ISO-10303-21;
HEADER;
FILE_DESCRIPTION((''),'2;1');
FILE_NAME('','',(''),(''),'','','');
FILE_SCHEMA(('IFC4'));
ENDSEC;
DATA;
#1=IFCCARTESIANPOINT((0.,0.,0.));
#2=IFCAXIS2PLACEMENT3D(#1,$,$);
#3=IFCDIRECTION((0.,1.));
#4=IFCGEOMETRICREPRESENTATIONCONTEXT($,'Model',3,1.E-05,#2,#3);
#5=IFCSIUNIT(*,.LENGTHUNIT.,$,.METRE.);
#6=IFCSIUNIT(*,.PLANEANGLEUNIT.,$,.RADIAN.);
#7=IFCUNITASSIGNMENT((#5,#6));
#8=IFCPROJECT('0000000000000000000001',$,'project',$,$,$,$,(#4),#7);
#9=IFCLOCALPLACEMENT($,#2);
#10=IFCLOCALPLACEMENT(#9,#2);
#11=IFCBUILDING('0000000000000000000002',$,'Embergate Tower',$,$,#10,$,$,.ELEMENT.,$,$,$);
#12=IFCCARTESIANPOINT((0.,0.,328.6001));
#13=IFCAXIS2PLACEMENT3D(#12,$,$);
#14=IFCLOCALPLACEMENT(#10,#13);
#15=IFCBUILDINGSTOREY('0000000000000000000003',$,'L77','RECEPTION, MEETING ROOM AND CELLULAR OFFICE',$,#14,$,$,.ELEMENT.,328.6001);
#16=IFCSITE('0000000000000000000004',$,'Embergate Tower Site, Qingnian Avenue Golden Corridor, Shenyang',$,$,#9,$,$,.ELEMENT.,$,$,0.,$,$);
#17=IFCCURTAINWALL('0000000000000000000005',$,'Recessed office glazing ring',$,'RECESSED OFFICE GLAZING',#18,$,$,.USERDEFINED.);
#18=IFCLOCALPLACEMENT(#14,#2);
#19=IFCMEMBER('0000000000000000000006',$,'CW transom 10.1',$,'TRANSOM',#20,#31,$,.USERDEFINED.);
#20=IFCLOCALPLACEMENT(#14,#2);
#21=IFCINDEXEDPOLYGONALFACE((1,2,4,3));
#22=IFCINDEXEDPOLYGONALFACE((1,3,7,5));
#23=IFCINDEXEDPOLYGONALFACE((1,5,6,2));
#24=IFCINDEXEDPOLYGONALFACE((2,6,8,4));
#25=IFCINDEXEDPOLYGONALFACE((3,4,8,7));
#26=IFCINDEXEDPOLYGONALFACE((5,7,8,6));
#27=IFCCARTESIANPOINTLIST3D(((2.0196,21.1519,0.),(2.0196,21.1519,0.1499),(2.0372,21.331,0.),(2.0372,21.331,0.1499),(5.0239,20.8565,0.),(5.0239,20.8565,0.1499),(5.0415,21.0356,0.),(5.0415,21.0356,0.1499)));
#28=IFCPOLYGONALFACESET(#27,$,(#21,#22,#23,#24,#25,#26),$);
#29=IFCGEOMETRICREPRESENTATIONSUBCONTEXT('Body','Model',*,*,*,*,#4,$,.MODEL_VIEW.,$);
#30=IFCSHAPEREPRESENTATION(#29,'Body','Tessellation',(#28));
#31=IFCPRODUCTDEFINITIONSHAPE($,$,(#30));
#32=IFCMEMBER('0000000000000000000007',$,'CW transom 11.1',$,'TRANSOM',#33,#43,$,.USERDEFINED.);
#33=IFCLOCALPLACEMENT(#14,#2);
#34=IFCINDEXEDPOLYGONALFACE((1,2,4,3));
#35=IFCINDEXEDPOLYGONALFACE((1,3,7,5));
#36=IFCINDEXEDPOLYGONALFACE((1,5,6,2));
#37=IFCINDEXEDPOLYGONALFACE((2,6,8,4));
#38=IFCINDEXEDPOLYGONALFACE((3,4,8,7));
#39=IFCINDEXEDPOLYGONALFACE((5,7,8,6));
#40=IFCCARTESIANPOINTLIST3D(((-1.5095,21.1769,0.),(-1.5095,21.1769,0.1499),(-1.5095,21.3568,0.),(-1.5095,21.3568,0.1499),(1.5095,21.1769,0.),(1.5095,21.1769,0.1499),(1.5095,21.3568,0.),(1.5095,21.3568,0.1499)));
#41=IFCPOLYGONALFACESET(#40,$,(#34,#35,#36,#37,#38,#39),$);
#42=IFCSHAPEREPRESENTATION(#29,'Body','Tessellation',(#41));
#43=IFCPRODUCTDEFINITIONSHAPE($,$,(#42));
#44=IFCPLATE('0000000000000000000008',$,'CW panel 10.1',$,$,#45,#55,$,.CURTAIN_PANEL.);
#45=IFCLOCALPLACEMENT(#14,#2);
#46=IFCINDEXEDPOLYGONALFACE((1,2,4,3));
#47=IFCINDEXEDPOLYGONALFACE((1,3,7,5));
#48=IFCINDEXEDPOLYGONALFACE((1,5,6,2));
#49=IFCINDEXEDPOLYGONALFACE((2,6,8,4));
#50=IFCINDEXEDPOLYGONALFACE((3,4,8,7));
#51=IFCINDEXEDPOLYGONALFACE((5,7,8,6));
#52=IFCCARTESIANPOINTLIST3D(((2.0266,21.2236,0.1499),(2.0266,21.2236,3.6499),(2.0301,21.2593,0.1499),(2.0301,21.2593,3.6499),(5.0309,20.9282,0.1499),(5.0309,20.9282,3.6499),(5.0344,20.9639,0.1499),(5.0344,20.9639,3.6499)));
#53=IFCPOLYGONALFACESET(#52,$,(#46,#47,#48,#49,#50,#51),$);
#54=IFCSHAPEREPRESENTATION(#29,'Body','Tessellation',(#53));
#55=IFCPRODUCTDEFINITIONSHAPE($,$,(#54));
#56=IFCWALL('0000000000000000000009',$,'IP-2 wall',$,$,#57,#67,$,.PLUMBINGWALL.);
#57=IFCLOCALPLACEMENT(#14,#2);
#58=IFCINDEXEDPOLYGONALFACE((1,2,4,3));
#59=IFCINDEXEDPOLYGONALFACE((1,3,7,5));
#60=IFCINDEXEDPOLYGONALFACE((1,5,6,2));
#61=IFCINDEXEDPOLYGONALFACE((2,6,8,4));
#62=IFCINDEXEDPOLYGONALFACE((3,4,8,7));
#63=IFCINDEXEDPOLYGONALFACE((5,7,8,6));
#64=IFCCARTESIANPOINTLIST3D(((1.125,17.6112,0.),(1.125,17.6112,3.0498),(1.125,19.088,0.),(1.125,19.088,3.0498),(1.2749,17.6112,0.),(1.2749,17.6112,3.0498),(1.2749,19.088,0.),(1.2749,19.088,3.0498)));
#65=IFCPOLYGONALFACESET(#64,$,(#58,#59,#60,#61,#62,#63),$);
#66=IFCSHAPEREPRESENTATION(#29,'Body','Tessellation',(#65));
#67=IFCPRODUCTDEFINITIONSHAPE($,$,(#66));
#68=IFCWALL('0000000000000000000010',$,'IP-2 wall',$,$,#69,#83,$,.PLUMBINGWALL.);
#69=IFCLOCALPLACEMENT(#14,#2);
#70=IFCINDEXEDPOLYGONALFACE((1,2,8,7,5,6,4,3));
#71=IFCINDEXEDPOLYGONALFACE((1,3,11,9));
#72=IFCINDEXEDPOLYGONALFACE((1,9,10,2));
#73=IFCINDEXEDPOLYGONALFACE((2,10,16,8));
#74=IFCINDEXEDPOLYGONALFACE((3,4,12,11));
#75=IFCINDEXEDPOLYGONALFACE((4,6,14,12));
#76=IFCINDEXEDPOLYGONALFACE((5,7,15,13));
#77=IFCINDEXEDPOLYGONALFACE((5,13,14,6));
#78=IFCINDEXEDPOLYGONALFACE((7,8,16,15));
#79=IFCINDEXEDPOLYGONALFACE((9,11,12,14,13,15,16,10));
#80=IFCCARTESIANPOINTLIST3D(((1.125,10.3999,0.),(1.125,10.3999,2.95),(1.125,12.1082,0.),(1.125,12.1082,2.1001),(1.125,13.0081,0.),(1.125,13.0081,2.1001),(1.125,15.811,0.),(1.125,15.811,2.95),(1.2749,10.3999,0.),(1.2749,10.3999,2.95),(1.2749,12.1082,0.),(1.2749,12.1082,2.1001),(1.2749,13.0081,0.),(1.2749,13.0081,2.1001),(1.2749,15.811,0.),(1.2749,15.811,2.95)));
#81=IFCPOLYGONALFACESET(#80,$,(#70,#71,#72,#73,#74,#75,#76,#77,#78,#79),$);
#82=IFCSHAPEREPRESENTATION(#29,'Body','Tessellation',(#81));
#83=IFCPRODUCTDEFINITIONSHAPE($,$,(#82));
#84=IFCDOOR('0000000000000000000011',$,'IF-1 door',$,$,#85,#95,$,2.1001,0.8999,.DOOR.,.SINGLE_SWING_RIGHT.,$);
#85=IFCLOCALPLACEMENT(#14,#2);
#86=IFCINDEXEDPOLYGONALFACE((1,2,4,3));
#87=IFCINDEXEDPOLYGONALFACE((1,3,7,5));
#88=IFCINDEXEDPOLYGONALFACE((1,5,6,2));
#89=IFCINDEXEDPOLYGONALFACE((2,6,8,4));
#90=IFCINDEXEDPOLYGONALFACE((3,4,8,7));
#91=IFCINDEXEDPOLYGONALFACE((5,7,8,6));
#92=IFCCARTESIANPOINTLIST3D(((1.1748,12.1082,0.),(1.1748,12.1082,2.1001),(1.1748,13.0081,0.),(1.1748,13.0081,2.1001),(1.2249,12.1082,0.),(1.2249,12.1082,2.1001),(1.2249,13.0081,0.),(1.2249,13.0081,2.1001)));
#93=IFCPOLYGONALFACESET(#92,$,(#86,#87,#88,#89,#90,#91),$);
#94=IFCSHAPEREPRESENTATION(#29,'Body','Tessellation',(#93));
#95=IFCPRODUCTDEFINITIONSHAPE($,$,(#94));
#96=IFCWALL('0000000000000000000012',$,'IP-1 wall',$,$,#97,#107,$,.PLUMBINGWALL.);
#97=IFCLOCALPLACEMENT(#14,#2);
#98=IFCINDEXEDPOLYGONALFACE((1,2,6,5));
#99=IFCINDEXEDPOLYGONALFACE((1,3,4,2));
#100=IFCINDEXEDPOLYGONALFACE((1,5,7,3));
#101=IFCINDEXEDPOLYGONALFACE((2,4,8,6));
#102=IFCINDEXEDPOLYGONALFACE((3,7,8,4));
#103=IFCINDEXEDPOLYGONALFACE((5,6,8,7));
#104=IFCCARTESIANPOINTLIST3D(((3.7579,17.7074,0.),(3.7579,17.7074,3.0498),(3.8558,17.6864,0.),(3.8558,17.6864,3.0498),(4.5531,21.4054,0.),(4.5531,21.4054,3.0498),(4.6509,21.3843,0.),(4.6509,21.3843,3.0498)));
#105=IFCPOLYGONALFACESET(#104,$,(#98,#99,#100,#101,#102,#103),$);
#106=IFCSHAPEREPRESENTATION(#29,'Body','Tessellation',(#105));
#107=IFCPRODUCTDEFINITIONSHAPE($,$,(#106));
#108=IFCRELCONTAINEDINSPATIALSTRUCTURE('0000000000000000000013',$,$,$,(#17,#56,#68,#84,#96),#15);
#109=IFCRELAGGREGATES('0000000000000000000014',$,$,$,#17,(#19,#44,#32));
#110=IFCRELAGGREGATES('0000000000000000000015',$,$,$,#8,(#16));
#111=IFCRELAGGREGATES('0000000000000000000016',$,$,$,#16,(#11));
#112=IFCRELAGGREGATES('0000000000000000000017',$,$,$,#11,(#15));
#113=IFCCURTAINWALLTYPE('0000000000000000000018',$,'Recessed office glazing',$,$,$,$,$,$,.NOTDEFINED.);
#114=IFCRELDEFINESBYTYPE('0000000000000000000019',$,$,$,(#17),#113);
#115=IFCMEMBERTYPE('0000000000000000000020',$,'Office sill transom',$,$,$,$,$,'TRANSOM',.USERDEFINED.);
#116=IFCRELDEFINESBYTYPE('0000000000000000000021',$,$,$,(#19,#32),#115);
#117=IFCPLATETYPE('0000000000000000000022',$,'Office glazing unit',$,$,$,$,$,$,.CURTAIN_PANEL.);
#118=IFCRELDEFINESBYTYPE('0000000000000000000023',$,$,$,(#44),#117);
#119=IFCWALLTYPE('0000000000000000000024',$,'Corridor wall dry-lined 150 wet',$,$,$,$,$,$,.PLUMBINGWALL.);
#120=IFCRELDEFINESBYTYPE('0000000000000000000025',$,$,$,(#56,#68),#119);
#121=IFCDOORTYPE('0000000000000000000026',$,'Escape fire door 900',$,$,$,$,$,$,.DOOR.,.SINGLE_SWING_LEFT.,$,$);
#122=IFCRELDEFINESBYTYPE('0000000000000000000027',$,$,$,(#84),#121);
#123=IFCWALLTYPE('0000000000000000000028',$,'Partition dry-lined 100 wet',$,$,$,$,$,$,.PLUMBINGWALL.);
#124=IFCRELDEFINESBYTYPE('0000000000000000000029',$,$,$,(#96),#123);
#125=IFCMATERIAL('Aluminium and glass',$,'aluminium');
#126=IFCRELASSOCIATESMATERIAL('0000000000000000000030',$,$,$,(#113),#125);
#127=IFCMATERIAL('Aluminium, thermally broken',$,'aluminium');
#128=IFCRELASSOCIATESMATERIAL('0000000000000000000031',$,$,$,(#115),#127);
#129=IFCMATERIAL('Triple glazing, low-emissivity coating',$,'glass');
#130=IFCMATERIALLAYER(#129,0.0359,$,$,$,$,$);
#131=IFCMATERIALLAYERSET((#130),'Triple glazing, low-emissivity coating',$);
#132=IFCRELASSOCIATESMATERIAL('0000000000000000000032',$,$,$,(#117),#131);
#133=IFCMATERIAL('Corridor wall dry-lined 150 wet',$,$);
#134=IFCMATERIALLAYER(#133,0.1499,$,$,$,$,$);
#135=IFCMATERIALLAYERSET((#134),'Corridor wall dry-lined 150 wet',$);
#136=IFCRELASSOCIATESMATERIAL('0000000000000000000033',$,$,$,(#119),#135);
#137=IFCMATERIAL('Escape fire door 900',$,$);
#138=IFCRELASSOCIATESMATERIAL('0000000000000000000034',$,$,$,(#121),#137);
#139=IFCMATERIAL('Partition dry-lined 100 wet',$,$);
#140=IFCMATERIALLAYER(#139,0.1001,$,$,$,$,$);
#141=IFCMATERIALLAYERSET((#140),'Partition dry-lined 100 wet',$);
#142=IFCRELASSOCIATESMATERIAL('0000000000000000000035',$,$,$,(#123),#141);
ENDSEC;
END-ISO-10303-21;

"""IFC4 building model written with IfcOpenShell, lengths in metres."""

from ifc_helpers import new_model, si_unit, direction, frame, frame_2d, origin, origin_2d, place, context, subcontext, project, spatial, rectangle, extrude, source, transform, mapped, material, layer, layer_set, material_profile, profile_set, type_object, element, fill, aggregate, save


model = new_model("IFC4")

# Units and contexts
model_context = context("Model", 3, precision=1e-05, world=origin(), true_north=direction((0.0, 1.0)))
body_context = subcontext(model_context, "Body", "Model", "MODEL_VIEW")
ifc_project = project(units=[si_unit("LENGTHUNIT", "METRE"), si_unit("PLANEANGLEUNIT", "RADIAN")], contexts=[model_context])

# Site, building, storey
site_placement = place(None, origin())
site = spatial("IfcSite", under=ifc_project, at=site_placement, Name="Embergate Tower Site, Qingnian Avenue Golden Corridor, Shenyang", CompositionType="ELEMENT", RefElevation=0.0)
building_placement = place(site_placement, origin())
building = spatial("IfcBuilding", under=site, at=building_placement, Name="Embergate Tower", CompositionType="ELEMENT")
storey_placement = place(building_placement, frame((0.0, 0.0, 328.6001)))
storey = spatial("IfcBuildingStorey", under=building, at=storey_placement, Name="L77", Description="RECEPTION, MEETING ROOM AND CELLULAR OFFICE", CompositionType="ELEMENT", Elevation=328.6001)

# Curtain wall, members, plate
ifc_material_1 = material(Name="Aluminium and glass", Category="aluminium")
curtain_wall_type = type_object("IfcCurtainWallType", Name="Recessed office glazing", PredefinedType="NOTDEFINED", material=ifc_material_1)
curtain_wall_placement = place(storey_placement, origin())
curtain_wall = element("IfcCurtainWall", 1, at=curtain_wall_placement, inside=storey, type_object=curtain_wall_type, Name="Recessed office glazing ring", ObjectType="RECESSED OFFICE GLAZING", PredefinedType="USERDEFINED")
ifc_material_2 = material(Name="Aluminium, thermally broken", Category="aluminium")
ifc_material_profile_1 = material_profile(ifc_material_2, rectangle(XDim=0.1799, YDim=0.1499, at=origin_2d()), Name="AL 150x180")
ifc_profile_set_1 = profile_set([ifc_material_profile_1], Name="Aluminium, thermally broken")
member_type_1 = type_object("IfcMemberType", Name="Office sill transom", ElementType="TRANSOM", PredefinedType="USERDEFINED", material=ifc_profile_set_1)
shared_shape_1 = source(origin(), body_context, "Body", "SweptSolid", [
    extrude(rectangle(XDim=0.1799, YDim=0.1499, at=origin_2d()), origin(), (0.0, 0.0, 1.0), 3.0188),
])
member_1_placement = place(storey_placement, frame((5.0327, 20.946, 0.075), z_axis=(-0.995201, 0.097854, 0.0), x_axis=(-0.097854, -0.995201, 0.0)))
member_1 = element("IfcMember", 2, at=member_1_placement, type_object=member_type_1, Name="CW transom 10.1", ObjectType="TRANSOM", PredefinedType="USERDEFINED", context=body_context, shape_type="MappedRepresentation", body=[
    mapped(shared_shape_1, transform((0.0, 0.0, 0.0))),
])
shared_shape_2 = source(origin(), body_context, "Body", "SweptSolid", [
    extrude(rectangle(XDim=0.1799, YDim=0.1499, at=origin_2d()), origin(), (0.0, 0.0, 1.0), 3.019),
])
member_2_placement = place(storey_placement, frame((1.5095, 21.2668, 0.075), z_axis=(-1.0, 0.0, 0.0), x_axis=(0.0, -1.0, 0.0)))
member_2 = element("IfcMember", 3, at=member_2_placement, type_object=member_type_1, Name="CW transom 11.1", ObjectType="TRANSOM", PredefinedType="USERDEFINED", context=body_context, shape_type="MappedRepresentation", body=[
    mapped(shared_shape_2, transform((0.0, 0.0, 0.0))),
])
ifc_material_3 = material(Name="Triple glazing, low-emissivity coating", Category="glass")
ifc_layer_1 = layer(ifc_material_3, 0.0359)
ifc_layer_set_1 = layer_set([ifc_layer_1], Name="Triple glazing, low-emissivity coating")
plate_type = type_object("IfcPlateType", Name="Office glazing unit", PredefinedType="CURTAIN_PANEL", material=ifc_layer_set_1)
shared_shape_3 = source(origin(), body_context, "Body", "SweptSolid", [
    extrude(rectangle(XDim=3.0188, YDim=0.0359, at=origin_2d()), origin(), (0.0, 0.0, 1.0), 3.5),
])
plate_placement = place(storey_placement, frame((3.5305, 21.0938, 0.1499), z_axis=(0.0, 0.0, 1.0), x_axis=(-0.995203, 0.09783, 0.0)))
plate = element("IfcPlate", 4, at=plate_placement, type_object=plate_type, Name="CW panel 10.1", PredefinedType="CURTAIN_PANEL", context=body_context, shape_type="MappedRepresentation", body=[
    mapped(shared_shape_3, transform((0.0, 0.0, 0.0))),
])
aggregate(curtain_wall, [member_1, plate, member_2])

# Wall
ifc_material_4 = material(Name="Corridor wall dry-lined 150 wet")
ifc_layer_2 = layer(ifc_material_4, 0.1499)
ifc_layer_set_2 = layer_set([ifc_layer_2], Name="Corridor wall dry-lined 150 wet")
wall_type_1 = type_object("IfcWallType", Name="Corridor wall dry-lined 150 wet", PredefinedType="PLUMBINGWALL", material=ifc_layer_set_2)
shared_shape_4 = source(origin(), body_context, "Body", "SweptSolid", [
    extrude(rectangle(XDim=1.4768, YDim=0.1499, at=frame_2d((0.7383, 0.0))), origin(), (0.0, 0.0, 1.0), 3.0498),
])
wall_1_placement = place(storey_placement, frame((1.2, 19.0879, 0.0), z_axis=(0.0, 0.0, 1.0), x_axis=(0.0, -1.0, 0.0)))
element("IfcWall", 5, at=wall_1_placement, inside=storey, type_object=wall_type_1, Name="IP-2 wall", PredefinedType="PLUMBINGWALL", context=body_context, shape_type="MappedRepresentation", body=[
    mapped(shared_shape_4, transform((0.0, 0.0, 0.0))),
])

# Wall, opening, door
shared_shape_5 = source(origin(), body_context, "Body", "SweptSolid", [
    extrude(rectangle(XDim=5.4111, YDim=0.1499, at=frame_2d((2.7056, 0.0))), origin(), (0.0, 0.0, 1.0), 2.95),
])
wall_2_placement = place(storey_placement, frame((1.2, 15.811, 0.0), z_axis=(0.0, 0.0, 1.0), x_axis=(0.0, -1.0, 0.0)))
wall_2 = element("IfcWall", 6, at=wall_2_placement, inside=storey, type_object=wall_type_1, Name="IP-2 wall", PredefinedType="PLUMBINGWALL", context=body_context, shape_type="MappedRepresentation", body=[
    mapped(shared_shape_5, transform((0.0, 0.0, 0.0))),
])
shared_shape_6 = source(origin(), body_context, "Body", "SweptSolid", [
    extrude(rectangle(XDim=0.8999, YDim=2.1001, at=frame_2d((0.45, 1.05))), frame((0.0, 0.085, 0.0), z_axis=(0.0, -1.0, 0.0), x_axis=(1.0, 0.0, 0.0)), (0.0, 0.0, 1.0), 0.1699),
])
opening_placement = place(wall_2_placement, frame((2.803, 0.0, 0.0)))
opening = element("IfcOpeningElement", 7, at=opening_placement, cuts=wall_2, PredefinedType="OPENING", context=body_context, shape_type="MappedRepresentation", body=[
    mapped(shared_shape_6, transform((0.0, 0.0, 0.0))),
])
ifc_material_5 = material(Name="Escape fire door 900")
door_type = type_object("IfcDoorType", Name="Escape fire door 900", OperationType="SINGLE_SWING_LEFT", PredefinedType="DOOR", material=ifc_material_5)
shared_shape_7 = source(origin(), body_context, "Body", "SweptSolid", [
    extrude(rectangle(XDim=0.8999, YDim=2.1001, at=frame_2d((0.45, 1.05))), frame((0.0, 0.0249, 0.0), z_axis=(0.0, -1.0, 0.0), x_axis=(1.0, 0.0, 0.0)), (0.0, 0.0, 1.0), 0.05),
])
door_placement = place(opening_placement, origin())
door = element("IfcDoor", 8, at=door_placement, inside=storey, type_object=door_type, Name="IF-1 door", OperationType="SINGLE_SWING_RIGHT", OverallHeight=2.1001, OverallWidth=0.8999, PredefinedType="DOOR", context=body_context, shape_type="MappedRepresentation", body=[
    mapped(shared_shape_7, transform((0.0, 0.0, 0.0))),
])
fill(opening, door)

# Wall
ifc_material_6 = material(Name="Partition dry-lined 100 wet")
ifc_layer_3 = layer(ifc_material_6, 0.1001)
ifc_layer_set_3 = layer_set([ifc_layer_3], Name="Partition dry-lined 100 wet")
wall_type_2 = type_object("IfcWallType", Name="Partition dry-lined 100 wet", PredefinedType="PLUMBINGWALL", material=ifc_layer_set_3)
shared_shape_8 = source(origin(), body_context, "Body", "SweptSolid", [
    extrude(rectangle(XDim=3.7825, YDim=0.1001, at=frame_2d((1.8911, 0.0))), origin(), (0.0, 0.0, 1.0), 3.0498),
])
wall_3_placement = place(storey_placement, frame((3.8069, 17.697, 0.0), z_axis=(0.0, 0.0, 1.0), x_axis=(0.210221, 0.977654, 0.0)))
element("IfcWall", 9, at=wall_3_placement, inside=storey, type_object=wall_type_2, Name="IP-1 wall", PredefinedType="PLUMBINGWALL", context=body_context, shape_type="MappedRepresentation", body=[
    mapped(shared_shape_8, transform((0.0, 0.0, 0.0))),
])

save(model, "model.ifc")
